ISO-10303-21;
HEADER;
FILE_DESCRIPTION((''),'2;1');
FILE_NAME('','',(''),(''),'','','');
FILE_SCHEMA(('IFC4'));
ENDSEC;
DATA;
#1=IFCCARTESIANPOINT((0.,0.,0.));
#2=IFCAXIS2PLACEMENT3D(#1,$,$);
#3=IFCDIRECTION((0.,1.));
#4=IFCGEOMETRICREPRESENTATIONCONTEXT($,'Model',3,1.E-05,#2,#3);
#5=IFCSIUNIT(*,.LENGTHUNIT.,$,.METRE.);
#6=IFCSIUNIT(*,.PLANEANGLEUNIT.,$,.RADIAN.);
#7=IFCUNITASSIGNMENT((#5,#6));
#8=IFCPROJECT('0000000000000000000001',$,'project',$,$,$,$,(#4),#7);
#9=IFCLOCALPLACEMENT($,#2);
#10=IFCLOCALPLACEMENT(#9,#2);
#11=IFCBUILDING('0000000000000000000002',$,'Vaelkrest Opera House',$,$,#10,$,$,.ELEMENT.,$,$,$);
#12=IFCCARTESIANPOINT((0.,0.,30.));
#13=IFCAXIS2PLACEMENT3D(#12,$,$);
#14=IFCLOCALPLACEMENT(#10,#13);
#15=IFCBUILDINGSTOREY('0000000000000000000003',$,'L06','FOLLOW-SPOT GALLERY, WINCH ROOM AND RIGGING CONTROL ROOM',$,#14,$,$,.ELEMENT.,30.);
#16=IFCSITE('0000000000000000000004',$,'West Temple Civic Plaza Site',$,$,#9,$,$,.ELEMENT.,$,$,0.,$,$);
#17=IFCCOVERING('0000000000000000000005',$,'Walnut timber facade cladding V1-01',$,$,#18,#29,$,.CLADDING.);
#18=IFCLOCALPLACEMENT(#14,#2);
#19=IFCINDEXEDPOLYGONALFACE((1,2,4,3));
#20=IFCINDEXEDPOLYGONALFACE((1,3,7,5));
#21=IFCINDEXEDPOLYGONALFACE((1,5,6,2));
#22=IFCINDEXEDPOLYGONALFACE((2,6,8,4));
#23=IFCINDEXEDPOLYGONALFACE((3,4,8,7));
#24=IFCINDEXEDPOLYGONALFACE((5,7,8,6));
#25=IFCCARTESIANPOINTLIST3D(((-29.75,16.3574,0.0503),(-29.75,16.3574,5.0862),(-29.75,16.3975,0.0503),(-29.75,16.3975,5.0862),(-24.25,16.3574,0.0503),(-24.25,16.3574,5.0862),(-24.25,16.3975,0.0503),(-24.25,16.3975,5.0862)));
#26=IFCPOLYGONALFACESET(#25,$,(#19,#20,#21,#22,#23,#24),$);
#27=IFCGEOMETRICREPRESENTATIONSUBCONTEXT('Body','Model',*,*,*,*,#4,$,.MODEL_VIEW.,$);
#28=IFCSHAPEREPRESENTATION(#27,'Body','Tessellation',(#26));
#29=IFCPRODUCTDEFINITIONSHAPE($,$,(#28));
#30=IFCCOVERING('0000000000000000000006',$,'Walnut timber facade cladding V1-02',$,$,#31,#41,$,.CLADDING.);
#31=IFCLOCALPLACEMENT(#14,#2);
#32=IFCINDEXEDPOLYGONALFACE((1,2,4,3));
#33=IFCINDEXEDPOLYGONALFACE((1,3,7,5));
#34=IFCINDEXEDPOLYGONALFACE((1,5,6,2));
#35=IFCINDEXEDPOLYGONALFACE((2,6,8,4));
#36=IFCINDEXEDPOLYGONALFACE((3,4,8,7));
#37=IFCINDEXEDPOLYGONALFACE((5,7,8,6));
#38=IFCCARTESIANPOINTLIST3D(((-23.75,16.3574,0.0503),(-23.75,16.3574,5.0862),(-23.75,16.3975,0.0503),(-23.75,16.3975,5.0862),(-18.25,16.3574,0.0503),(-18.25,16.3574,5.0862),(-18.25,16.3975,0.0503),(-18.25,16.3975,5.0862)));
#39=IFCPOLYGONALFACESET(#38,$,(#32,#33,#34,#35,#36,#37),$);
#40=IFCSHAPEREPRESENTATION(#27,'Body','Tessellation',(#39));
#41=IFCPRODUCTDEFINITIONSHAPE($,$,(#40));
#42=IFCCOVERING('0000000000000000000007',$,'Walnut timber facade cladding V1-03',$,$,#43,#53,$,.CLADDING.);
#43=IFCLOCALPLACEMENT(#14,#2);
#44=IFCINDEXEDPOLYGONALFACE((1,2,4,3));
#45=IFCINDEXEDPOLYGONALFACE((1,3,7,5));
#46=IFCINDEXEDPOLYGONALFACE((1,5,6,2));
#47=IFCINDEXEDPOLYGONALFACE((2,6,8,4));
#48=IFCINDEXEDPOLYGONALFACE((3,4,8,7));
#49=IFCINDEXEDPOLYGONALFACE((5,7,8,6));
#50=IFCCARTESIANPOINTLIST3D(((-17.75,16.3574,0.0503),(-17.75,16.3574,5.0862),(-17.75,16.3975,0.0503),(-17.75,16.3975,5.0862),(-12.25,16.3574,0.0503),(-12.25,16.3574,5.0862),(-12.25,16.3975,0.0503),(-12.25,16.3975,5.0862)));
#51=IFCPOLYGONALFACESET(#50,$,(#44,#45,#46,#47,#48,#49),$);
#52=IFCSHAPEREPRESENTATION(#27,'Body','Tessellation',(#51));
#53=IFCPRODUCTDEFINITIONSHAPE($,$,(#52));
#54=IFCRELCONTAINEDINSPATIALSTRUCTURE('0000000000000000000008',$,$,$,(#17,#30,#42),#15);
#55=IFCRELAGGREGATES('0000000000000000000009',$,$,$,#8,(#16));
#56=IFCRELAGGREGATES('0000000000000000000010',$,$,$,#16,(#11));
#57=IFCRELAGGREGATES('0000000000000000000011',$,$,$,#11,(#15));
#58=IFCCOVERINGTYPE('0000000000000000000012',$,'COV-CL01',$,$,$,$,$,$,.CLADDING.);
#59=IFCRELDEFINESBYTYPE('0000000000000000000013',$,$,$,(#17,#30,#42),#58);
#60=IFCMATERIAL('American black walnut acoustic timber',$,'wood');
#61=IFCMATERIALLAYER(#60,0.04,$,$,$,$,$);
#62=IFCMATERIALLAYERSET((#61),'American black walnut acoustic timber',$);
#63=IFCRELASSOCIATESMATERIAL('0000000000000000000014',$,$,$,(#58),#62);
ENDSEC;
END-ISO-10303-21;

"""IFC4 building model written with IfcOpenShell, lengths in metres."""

from ifc_helpers import new_model, si_unit, direction, frame, origin, origin_2d, place, context, subcontext, project, spatial, rectangle, extrude, material, layer, layer_set, type_object, element, save


model = new_model("IFC4")

# Units and contexts
model_context = context("Model", 3, precision=1e-05, world=origin(), true_north=direction((0.0, 1.0)))
body_context = subcontext(model_context, "Body", "Model", "MODEL_VIEW")
ifc_project = project(units=[si_unit("LENGTHUNIT", "METRE"), si_unit("PLANEANGLEUNIT", "RADIAN")], contexts=[model_context])

# Site, building, storey
site_placement = place(None, origin())
site = spatial("IfcSite", under=ifc_project, at=site_placement, Name="West Temple Civic Plaza Site", CompositionType="ELEMENT", RefElevation=0.0)
building_placement = place(site_placement, origin())
building = spatial("IfcBuilding", under=site, at=building_placement, Name="Vaelkrest Opera House", CompositionType="ELEMENT")
storey_placement = place(building_placement, frame((0.0, 0.0, 30.0)))
storey = spatial("IfcBuildingStorey", under=building, at=storey_placement, Name="L06", Description="FOLLOW-SPOT GALLERY, WINCH ROOM AND RIGGING CONTROL ROOM", CompositionType="ELEMENT", Elevation=30.0)

# Shared definitions
ifc_material_1 = material(Name="American black walnut acoustic timber", Category="wood")

# Coverings
ifc_layer_1 = layer(ifc_material_1, 0.04)
ifc_layer_set_1 = layer_set([ifc_layer_1], Name="American black walnut acoustic timber")
covering_type = type_object("IfcCoveringType", Name="COV-CL01", PredefinedType="CLADDING", material=ifc_layer_set_1)
for number, where, z_axis, x_axis, name in (
    (1, (-27.0, 16.3774, 0.0503), (0.0, 0.0, 1.0), (1.0, 0.0, 0.0), "Walnut timber facade cladding V1-01"),
    (2, (-21.0, 16.3774, 0.0503), (0.0, 0.0, 1.0), (1.0, 0.0, 0.0), "Walnut timber facade cladding V1-02"),
    (3, (-15.0, 16.3774, 0.0503), (0.0, 0.0, 1.0), (1.0, 0.0, 0.0), "Walnut timber facade cladding V1-03"),
):
    element("IfcCovering", number, at=place(storey_placement, frame(where, z_axis=z_axis, x_axis=x_axis)), inside=storey, type_object=covering_type, Name=name, PredefinedType="CLADDING", context=body_context, shape_type="SweptSolid", body=[
        extrude(rectangle(XDim=5.5, YDim=0.04, at=origin_2d()), origin(), (0.0, 0.0, 1.0), 5.0359),
    ])

save(model, "model.ifc")
